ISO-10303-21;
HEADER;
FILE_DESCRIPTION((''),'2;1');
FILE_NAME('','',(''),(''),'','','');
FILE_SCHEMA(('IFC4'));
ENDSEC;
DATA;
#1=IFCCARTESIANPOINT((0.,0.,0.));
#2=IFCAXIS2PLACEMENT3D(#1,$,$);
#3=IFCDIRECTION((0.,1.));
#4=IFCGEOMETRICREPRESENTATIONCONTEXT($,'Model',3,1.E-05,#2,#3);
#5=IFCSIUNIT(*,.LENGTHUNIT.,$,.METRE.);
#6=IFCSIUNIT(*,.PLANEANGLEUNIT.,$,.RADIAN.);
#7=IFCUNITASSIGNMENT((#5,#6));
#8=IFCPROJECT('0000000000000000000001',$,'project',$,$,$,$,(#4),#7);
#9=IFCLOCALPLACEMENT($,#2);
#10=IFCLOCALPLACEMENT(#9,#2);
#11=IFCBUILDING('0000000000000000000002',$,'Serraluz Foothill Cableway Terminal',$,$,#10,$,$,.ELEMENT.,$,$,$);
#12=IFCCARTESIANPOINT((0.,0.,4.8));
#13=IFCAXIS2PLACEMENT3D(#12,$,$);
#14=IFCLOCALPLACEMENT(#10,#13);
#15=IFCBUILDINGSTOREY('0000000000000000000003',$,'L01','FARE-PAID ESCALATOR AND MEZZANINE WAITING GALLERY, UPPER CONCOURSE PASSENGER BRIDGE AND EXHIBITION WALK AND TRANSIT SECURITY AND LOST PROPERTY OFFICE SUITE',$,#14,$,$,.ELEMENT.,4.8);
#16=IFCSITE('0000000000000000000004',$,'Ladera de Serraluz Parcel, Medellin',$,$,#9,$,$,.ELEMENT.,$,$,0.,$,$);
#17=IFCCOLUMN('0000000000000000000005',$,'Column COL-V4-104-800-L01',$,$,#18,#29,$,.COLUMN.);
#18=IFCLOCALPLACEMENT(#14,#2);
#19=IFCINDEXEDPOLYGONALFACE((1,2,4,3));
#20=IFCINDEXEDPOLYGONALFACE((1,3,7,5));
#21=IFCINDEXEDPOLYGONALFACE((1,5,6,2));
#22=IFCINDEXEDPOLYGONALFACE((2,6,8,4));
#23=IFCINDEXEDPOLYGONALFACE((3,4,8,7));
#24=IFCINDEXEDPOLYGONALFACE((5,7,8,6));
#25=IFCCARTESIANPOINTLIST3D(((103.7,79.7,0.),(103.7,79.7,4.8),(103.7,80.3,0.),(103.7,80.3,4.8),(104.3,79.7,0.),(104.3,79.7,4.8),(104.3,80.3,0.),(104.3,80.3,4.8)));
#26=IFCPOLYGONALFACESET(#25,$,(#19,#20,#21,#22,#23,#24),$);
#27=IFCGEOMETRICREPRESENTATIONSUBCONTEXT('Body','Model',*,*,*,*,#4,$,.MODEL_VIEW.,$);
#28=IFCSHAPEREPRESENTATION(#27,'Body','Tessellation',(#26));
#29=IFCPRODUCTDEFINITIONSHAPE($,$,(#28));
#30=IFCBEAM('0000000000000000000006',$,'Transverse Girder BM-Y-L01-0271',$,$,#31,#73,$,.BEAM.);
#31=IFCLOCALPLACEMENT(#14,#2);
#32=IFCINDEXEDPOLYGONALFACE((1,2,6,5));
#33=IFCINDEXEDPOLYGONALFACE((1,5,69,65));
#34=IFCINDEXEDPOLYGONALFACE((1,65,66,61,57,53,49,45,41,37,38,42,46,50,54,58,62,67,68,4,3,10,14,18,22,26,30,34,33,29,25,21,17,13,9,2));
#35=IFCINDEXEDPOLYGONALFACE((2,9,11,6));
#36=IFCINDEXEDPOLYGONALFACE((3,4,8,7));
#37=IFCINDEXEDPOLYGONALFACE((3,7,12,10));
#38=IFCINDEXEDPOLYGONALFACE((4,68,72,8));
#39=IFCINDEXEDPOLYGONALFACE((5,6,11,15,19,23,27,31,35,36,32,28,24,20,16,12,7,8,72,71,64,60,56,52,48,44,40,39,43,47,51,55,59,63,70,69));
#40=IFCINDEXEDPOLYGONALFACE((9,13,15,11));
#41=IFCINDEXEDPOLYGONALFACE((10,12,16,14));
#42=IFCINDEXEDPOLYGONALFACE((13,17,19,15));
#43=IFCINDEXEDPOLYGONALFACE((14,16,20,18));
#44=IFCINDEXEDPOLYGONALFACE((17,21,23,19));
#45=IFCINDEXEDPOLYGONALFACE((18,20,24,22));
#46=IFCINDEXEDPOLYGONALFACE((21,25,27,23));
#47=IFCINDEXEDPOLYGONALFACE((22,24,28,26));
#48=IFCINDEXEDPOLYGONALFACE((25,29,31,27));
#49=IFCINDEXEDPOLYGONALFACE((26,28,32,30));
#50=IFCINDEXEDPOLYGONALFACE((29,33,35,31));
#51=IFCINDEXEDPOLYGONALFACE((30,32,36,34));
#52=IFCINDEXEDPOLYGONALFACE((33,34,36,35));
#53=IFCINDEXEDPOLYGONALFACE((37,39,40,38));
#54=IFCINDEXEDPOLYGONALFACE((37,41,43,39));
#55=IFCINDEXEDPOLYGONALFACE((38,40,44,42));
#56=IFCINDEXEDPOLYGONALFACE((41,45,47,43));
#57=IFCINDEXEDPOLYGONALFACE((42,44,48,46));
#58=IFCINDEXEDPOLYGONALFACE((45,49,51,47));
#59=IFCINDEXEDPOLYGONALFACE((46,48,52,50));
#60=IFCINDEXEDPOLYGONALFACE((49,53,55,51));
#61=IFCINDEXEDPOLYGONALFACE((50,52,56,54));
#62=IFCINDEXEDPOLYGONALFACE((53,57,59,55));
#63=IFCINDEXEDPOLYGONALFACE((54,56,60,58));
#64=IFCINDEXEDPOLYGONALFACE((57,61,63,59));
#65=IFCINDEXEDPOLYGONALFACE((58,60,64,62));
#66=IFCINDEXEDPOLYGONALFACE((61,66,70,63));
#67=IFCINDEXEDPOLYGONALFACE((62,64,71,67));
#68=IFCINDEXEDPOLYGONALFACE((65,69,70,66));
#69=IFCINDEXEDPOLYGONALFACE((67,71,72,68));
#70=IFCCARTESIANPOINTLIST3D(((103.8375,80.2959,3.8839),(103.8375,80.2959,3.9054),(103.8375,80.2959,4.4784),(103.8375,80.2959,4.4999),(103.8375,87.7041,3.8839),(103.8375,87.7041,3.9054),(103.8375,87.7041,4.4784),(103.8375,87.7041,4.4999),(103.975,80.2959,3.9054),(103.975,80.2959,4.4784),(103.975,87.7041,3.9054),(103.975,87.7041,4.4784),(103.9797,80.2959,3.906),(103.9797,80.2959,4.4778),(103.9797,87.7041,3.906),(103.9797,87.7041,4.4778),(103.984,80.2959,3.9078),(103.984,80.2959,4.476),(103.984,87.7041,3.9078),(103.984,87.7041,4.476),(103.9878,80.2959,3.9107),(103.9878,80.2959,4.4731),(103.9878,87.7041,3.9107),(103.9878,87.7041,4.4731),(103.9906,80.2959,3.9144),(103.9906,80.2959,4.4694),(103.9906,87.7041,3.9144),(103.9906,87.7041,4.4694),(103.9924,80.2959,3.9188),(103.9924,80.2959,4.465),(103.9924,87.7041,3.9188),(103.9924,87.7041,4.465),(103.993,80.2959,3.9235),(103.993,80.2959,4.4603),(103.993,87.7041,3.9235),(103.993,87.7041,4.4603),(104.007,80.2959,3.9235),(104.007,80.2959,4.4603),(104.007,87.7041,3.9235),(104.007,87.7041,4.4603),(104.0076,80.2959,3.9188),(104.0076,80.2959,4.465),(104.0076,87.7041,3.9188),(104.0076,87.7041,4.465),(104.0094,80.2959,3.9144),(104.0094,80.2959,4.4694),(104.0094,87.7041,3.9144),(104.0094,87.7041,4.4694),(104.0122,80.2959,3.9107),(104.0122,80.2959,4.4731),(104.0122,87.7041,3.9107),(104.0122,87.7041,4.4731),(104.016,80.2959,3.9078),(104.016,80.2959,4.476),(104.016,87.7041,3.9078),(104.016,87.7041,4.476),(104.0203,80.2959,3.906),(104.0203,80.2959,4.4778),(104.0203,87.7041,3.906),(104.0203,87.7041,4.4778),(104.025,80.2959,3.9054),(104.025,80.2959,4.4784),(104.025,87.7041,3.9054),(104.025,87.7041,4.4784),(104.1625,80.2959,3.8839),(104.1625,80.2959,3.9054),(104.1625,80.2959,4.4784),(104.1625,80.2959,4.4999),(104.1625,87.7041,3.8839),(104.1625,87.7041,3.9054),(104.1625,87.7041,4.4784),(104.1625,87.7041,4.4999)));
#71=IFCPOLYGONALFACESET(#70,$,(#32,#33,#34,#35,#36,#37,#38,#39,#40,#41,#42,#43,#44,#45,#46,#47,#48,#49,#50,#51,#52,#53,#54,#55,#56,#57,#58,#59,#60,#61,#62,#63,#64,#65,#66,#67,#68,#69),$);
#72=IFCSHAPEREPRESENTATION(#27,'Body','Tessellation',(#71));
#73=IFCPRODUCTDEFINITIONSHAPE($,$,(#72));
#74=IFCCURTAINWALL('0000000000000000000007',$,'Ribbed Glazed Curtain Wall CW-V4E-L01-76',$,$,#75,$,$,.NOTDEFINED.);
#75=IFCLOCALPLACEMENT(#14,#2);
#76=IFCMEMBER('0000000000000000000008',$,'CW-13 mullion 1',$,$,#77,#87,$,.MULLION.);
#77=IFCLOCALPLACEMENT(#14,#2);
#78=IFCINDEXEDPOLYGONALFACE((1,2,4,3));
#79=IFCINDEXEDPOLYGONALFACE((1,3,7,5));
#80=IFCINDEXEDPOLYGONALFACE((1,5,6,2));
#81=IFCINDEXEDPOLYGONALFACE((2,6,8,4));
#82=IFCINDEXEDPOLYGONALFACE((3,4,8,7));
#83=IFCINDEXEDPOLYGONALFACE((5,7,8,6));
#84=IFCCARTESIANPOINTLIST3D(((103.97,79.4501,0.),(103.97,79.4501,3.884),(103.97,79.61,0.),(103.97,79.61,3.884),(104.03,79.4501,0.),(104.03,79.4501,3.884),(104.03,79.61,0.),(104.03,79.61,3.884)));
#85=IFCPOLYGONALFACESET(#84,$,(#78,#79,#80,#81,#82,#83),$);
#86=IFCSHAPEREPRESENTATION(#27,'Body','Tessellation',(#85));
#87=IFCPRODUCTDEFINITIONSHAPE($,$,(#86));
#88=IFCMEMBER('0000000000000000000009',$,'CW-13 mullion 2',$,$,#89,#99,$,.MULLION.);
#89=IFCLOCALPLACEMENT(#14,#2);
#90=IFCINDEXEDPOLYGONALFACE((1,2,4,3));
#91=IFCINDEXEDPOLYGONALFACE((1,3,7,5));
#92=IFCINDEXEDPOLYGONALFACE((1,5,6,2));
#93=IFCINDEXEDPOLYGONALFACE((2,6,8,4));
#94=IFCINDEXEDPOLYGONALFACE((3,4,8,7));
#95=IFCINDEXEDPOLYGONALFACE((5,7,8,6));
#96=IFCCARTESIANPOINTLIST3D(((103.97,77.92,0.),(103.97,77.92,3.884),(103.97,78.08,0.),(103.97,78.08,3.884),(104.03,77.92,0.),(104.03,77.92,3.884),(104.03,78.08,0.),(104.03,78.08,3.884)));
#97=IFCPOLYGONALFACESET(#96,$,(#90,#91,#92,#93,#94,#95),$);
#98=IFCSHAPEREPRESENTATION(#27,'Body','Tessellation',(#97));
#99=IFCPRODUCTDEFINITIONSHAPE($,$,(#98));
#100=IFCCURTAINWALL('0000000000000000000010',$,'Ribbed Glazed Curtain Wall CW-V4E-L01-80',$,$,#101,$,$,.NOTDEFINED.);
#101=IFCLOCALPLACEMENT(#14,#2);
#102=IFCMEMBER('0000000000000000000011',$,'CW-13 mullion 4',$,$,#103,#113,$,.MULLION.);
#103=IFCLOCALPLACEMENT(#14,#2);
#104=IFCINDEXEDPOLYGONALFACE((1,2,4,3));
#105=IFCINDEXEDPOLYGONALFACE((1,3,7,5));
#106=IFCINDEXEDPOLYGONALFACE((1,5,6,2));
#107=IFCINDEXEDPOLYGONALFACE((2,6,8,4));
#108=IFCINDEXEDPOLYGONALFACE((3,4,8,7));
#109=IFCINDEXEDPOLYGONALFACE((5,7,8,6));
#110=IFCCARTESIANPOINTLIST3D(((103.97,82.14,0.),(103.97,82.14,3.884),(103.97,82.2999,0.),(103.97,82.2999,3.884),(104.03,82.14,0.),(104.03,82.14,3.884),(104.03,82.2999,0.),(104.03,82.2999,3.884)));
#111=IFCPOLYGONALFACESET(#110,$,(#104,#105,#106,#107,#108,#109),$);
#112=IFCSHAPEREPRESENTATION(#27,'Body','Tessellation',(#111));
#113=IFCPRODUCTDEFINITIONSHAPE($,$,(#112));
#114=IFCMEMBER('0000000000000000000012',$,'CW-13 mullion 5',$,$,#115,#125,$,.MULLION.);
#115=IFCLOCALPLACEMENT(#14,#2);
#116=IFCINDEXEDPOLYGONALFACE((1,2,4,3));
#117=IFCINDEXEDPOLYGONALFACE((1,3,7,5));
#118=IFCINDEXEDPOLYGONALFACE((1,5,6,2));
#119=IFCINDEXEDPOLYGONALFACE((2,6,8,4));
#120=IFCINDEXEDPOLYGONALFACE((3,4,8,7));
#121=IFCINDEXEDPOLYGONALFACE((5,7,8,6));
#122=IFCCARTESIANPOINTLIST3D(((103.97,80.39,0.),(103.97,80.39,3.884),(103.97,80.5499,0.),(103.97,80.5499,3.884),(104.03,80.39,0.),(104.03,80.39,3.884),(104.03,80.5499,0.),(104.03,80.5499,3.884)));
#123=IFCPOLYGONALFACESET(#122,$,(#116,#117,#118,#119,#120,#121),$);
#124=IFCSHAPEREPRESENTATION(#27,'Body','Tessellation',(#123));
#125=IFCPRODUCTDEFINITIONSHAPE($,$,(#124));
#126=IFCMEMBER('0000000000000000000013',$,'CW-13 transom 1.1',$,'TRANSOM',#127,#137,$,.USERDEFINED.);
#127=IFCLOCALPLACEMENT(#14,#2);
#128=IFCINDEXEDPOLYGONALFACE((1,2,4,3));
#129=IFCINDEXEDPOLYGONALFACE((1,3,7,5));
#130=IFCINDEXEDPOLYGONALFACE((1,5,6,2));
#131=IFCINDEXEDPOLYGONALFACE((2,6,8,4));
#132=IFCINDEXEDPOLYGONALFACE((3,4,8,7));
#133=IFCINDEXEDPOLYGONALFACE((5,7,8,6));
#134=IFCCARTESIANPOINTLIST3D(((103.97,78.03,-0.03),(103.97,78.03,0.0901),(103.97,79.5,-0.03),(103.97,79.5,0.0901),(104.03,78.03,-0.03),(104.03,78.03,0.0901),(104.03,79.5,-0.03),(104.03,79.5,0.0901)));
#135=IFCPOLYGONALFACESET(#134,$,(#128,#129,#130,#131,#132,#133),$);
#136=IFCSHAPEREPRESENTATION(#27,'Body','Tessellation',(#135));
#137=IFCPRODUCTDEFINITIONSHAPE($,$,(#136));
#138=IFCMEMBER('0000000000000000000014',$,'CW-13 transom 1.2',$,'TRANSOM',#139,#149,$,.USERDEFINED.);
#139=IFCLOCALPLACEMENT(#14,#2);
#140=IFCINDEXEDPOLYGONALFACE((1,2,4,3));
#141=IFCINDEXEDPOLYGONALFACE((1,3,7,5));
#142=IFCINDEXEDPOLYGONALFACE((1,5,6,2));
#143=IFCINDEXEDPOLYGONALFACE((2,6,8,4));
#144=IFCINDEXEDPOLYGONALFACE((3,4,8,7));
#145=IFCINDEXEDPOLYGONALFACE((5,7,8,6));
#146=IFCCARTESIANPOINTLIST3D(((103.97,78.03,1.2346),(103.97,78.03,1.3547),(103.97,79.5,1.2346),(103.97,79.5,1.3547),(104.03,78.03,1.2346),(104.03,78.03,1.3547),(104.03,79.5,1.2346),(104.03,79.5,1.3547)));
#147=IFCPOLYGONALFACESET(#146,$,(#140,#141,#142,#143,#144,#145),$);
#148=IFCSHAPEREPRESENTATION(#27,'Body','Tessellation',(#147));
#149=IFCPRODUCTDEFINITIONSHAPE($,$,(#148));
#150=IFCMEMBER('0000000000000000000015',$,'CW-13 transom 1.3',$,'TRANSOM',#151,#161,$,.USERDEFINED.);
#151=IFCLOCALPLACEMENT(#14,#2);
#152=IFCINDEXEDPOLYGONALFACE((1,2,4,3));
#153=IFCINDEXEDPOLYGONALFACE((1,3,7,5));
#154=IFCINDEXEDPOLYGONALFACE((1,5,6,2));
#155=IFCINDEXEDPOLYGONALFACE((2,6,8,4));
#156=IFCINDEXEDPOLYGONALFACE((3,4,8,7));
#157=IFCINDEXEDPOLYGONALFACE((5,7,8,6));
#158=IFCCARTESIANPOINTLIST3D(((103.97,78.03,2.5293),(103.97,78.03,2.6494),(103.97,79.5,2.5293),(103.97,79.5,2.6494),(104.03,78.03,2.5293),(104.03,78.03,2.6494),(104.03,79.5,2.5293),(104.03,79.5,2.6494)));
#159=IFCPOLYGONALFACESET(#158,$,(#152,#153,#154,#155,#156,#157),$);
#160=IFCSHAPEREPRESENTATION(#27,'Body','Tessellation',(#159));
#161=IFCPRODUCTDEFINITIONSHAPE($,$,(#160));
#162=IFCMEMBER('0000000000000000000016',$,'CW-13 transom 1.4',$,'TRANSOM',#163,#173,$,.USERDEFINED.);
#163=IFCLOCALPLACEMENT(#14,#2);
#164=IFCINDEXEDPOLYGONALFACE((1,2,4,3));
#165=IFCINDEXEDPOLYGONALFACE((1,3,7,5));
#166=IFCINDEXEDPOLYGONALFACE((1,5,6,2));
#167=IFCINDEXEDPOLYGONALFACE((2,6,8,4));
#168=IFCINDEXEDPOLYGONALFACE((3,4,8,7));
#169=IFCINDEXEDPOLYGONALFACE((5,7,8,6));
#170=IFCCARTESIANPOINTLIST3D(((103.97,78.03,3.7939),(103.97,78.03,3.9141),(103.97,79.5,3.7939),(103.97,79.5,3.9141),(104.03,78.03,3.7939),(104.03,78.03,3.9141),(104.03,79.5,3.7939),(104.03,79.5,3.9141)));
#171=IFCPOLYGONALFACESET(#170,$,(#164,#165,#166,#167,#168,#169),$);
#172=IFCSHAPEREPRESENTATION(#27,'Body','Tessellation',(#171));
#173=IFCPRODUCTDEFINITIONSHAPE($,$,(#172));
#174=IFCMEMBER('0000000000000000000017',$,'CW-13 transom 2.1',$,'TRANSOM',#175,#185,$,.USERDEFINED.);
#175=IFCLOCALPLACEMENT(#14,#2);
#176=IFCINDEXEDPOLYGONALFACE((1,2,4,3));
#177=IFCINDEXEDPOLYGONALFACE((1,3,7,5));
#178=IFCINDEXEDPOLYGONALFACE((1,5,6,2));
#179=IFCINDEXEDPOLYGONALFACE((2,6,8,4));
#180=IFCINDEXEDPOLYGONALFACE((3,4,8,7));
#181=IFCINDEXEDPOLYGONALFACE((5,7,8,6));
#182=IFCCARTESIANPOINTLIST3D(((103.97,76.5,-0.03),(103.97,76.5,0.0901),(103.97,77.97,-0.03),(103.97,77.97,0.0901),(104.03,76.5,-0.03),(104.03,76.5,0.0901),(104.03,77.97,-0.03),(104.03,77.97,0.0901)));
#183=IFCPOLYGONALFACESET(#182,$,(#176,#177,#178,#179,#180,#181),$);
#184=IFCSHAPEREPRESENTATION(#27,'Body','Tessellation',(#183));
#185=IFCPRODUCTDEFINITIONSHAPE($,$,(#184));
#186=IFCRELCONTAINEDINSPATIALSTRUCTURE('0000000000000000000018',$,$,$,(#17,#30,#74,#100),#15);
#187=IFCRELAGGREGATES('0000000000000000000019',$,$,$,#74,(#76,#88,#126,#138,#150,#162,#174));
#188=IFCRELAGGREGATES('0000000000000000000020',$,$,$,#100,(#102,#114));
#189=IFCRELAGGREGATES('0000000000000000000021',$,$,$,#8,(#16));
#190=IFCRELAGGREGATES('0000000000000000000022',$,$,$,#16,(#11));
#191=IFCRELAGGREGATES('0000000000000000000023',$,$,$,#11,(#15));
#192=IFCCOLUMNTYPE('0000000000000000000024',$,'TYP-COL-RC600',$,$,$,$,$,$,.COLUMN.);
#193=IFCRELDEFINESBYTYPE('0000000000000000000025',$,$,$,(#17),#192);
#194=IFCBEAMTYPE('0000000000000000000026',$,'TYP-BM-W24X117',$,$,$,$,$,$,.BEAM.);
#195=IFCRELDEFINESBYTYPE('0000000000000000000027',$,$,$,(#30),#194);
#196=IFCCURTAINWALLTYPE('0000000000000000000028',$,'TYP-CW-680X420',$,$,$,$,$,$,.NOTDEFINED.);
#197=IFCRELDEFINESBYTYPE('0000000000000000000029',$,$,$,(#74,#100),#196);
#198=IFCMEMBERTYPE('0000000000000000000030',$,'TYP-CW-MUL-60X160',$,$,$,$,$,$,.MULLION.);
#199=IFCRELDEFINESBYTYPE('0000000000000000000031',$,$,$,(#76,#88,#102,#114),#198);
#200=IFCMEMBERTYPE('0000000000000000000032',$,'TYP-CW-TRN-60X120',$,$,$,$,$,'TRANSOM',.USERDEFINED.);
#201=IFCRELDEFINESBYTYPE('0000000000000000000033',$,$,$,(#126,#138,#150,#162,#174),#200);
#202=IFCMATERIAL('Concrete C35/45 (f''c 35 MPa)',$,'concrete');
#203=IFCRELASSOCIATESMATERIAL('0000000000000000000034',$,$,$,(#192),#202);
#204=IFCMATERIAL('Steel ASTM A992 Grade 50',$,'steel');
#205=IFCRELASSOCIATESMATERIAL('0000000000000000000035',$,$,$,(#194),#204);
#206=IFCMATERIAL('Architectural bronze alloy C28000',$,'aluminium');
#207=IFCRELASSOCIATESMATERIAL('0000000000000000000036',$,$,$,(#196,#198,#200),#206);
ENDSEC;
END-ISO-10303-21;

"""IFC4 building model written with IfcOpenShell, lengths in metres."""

from ifc_helpers import new_model, si_unit, direction, frame, origin, origin_2d, place, context, subcontext, project, spatial, rectangle, i_section, extrude, material, material_profile, profile_set, type_object, element, aggregate, save


model = new_model("IFC4")

# Units and contexts
model_context = context("Model", 3, precision=1e-05, world=origin(), true_north=direction((0.0, 1.0)))
body_context = subcontext(model_context, "Body", "Model", "MODEL_VIEW")
ifc_project = project(units=[si_unit("LENGTHUNIT", "METRE"), si_unit("PLANEANGLEUNIT", "RADIAN")], contexts=[model_context])

# Site, building, storey
site_placement = place(None, origin())
site = spatial("IfcSite", under=ifc_project, at=site_placement, Name="Ladera de Serraluz Parcel, Medellin", CompositionType="ELEMENT", RefElevation=0.0)
building_placement = place(site_placement, origin())
building = spatial("IfcBuilding", under=site, at=building_placement, Name="Serraluz Foothill Cableway Terminal", CompositionType="ELEMENT")
storey_placement = place(building_placement, frame((0.0, 0.0, 4.8)))
storey = spatial("IfcBuildingStorey", under=building, at=storey_placement, Name="L01", Description="FARE-PAID ESCALATOR AND MEZZANINE WAITING GALLERY, UPPER CONCOURSE PASSENGER BRIDGE AND EXHIBITION WALK AND TRANSIT SECURITY AND LOST PROPERTY OFFICE SUITE", CompositionType="ELEMENT", Elevation=4.8)

# Column
ifc_material_1 = material(Name="Concrete C35/45 (f'c 35 MPa)", Category="concrete")
ifc_material_profile_1 = material_profile(ifc_material_1, rectangle(XDim=0.6001, YDim=0.6001, at=origin_2d()), Name="RC 600x600")
ifc_profile_set_1 = profile_set([ifc_material_profile_1], Name="Concrete C35/45 (f'c 35 MPa)")
column_type = type_object("IfcColumnType", Name="TYP-COL-RC600", PredefinedType="COLUMN", material=ifc_profile_set_1)
column_placement = place(storey_placement, frame((104.0, 80.0, 0.0), z_axis=(0.0, 0.0, 1.0), x_axis=(1.0, 0.0, 0.0)))
element("IfcColumn", 1, at=column_placement, inside=storey, type_object=column_type, Name="Column COL-V4-104-800-L01", PredefinedType="COLUMN", context=body_context, shape_type="SweptSolid", body=[
    extrude(rectangle(XDim=0.6001, YDim=0.6001, at=origin_2d()), origin(), (0.0, 0.0, 1.0), 4.8),
])

# Beam
ifc_material_2 = material(Name="Steel ASTM A992 Grade 50", Category="steel")
ifc_material_profile_2 = material_profile(ifc_material_2, i_section(OverallWidth=0.325, OverallDepth=0.616, WebThickness=0.0139, FlangeThickness=0.0215, FilletRadius=0.0181, at=origin_2d()), Name="W24X117")
ifc_profile_set_2 = profile_set([ifc_material_profile_2], Name="Steel ASTM A992 Grade 50")
beam_type = type_object("IfcBeamType", Name="TYP-BM-W24X117", PredefinedType="BEAM", material=ifc_profile_set_2)
beam_placement = place(storey_placement, frame((104.0, 80.2959, 4.1919), z_axis=(0.0, 1.0, 0.0), x_axis=(-1.0, 0.0, 0.0)))
element("IfcBeam", 2, at=beam_placement, inside=storey, type_object=beam_type, Name="Transverse Girder BM-Y-L01-0271", PredefinedType="BEAM", context=body_context, shape_type="SweptSolid", body=[
    extrude(i_section(OverallWidth=0.325, OverallDepth=0.616, WebThickness=0.0139, FlangeThickness=0.0215, FilletRadius=0.0181, at=origin_2d()), origin(), (0.0, 0.0, 1.0), 7.4082),
])

# Curtain walls, members
ifc_material_3 = material(Name="Architectural bronze alloy C28000", Category="aluminium")
curtain_wall_type = type_object("IfcCurtainWallType", Name="TYP-CW-680X420", PredefinedType="NOTDEFINED", material=ifc_material_3)
curtain_wall_1_placement = place(storey_placement, origin())
curtain_wall_1 = element("IfcCurtainWall", 3, at=curtain_wall_1_placement, inside=storey, type_object=curtain_wall_type, Name="Ribbed Glazed Curtain Wall CW-V4E-L01-76", PredefinedType="NOTDEFINED")
ifc_material_profile_3 = material_profile(ifc_material_3, rectangle(XDim=0.0601, YDim=0.1599, at=origin_2d()), Name="ALU MULLION 60x160")
ifc_profile_set_3 = profile_set([ifc_material_profile_3], Name="Architectural bronze alloy C28000")
member_type_1 = type_object("IfcMemberType", Name="TYP-CW-MUL-60X160", PredefinedType="MULLION", material=ifc_profile_set_3)
member_1_placement = place(storey_placement, frame((104.0, 79.53, 0.0), z_axis=(0.0, 0.0, 1.0), x_axis=(1.0, 0.0, 0.0)))
member_1 = element("IfcMember", 4, at=member_1_placement, type_object=member_type_1, Name="CW-13 mullion 1", PredefinedType="MULLION", context=body_context, shape_type="SweptSolid", body=[
    extrude(rectangle(XDim=0.0601, YDim=0.1599, at=origin_2d()), origin(), (0.0, 0.0, 1.0), 3.884),
])
member_2_placement = place(storey_placement, frame((104.0, 78.0, 0.0), z_axis=(0.0, 0.0, 1.0), x_axis=(1.0, 0.0, 0.0)))
member_2 = element("IfcMember", 5, at=member_2_placement, type_object=member_type_1, Name="CW-13 mullion 2", PredefinedType="MULLION", context=body_context, shape_type="SweptSolid", body=[
    extrude(rectangle(XDim=0.0601, YDim=0.1599, at=origin_2d()), origin(), (0.0, 0.0, 1.0), 3.884),
])
curtain_wall_2_placement = place(storey_placement, origin())
curtain_wall_2 = element("IfcCurtainWall", 6, at=curtain_wall_2_placement, inside=storey, type_object=curtain_wall_type, Name="Ribbed Glazed Curtain Wall CW-V4E-L01-80", PredefinedType="NOTDEFINED")
member_3_placement = place(storey_placement, frame((104.0, 82.22, 0.0), z_axis=(0.0, 0.0, 1.0), x_axis=(1.0, 0.0, 0.0)))
member_3 = element("IfcMember", 7, at=member_3_placement, type_object=member_type_1, Name="CW-13 mullion 4", PredefinedType="MULLION", context=body_context, shape_type="SweptSolid", body=[
    extrude(rectangle(XDim=0.0601, YDim=0.1599, at=origin_2d()), origin(), (0.0, 0.0, 1.0), 3.884),
])
member_4_placement = place(storey_placement, frame((104.0, 80.47, 0.0), z_axis=(0.0, 0.0, 1.0), x_axis=(1.0, 0.0, 0.0)))
member_4 = element("IfcMember", 8, at=member_4_placement, type_object=member_type_1, Name="CW-13 mullion 5", PredefinedType="MULLION", context=body_context, shape_type="SweptSolid", body=[
    extrude(rectangle(XDim=0.0601, YDim=0.1599, at=origin_2d()), origin(), (0.0, 0.0, 1.0), 3.884),
])

# Members
ifc_material_profile_4 = material_profile(ifc_material_3, rectangle(XDim=0.0601, YDim=0.1201, at=origin_2d()), Name="ALU TRANSOM 60x120")
ifc_profile_set_4 = profile_set([ifc_material_profile_4], Name="Architectural bronze alloy C28000")
member_type_2 = type_object("IfcMemberType", Name="TYP-CW-TRN-60X120", ElementType="TRANSOM", PredefinedType="USERDEFINED", material=ifc_profile_set_4)
member_5_placement = place(storey_placement, frame((104.0, 79.5, 0.03), z_axis=(0.0, -1.0, 0.0), x_axis=(1.0, 0.0, 0.0)))
member_5 = element("IfcMember", 9, at=member_5_placement, type_object=member_type_2, Name="CW-13 transom 1.1", ObjectType="TRANSOM", PredefinedType="USERDEFINED", context=body_context, shape_type="SweptSolid", body=[
    extrude(rectangle(XDim=0.0601, YDim=0.1201, at=origin_2d()), origin(), (0.0, 0.0, 1.0), 1.47),
])
member_6_placement = place(storey_placement, frame((104.0, 79.5, 1.2947), z_axis=(0.0, -1.0, 0.0), x_axis=(1.0, 0.0, 0.0)))
member_6 = element("IfcMember", 10, at=member_6_placement, type_object=member_type_2, Name="CW-13 transom 1.2", ObjectType="TRANSOM", PredefinedType="USERDEFINED", context=body_context, shape_type="SweptSolid", body=[
    extrude(rectangle(XDim=0.0601, YDim=0.1201, at=origin_2d()), origin(), (0.0, 0.0, 1.0), 1.47),
])
member_7_placement = place(storey_placement, frame((104.0, 79.5, 2.5894), z_axis=(0.0, -1.0, 0.0), x_axis=(1.0, 0.0, 0.0)))
member_7 = element("IfcMember", 11, at=member_7_placement, type_object=member_type_2, Name="CW-13 transom 1.3", ObjectType="TRANSOM", PredefinedType="USERDEFINED", context=body_context, shape_type="SweptSolid", body=[
    extrude(rectangle(XDim=0.0601, YDim=0.1201, at=origin_2d()), origin(), (0.0, 0.0, 1.0), 1.47),
])
member_8_placement = place(storey_placement, frame((104.0, 79.5, 3.854), z_axis=(0.0, -1.0, 0.0), x_axis=(1.0, 0.0, 0.0)))
member_8 = element("IfcMember", 12, at=member_8_placement, type_object=member_type_2, Name="CW-13 transom 1.4", ObjectType="TRANSOM", PredefinedType="USERDEFINED", context=body_context, shape_type="SweptSolid", body=[
    extrude(rectangle(XDim=0.0601, YDim=0.1201, at=origin_2d()), origin(), (0.0, 0.0, 1.0), 1.47),
])
member_9_placement = place(storey_placement, frame((104.0, 77.97, 0.03), z_axis=(0.0, -1.0, 0.0), x_axis=(1.0, 0.0, 0.0)))
member_9 = element("IfcMember", 13, at=member_9_placement, type_object=member_type_2, Name="CW-13 transom 2.1", ObjectType="TRANSOM", PredefinedType="USERDEFINED", context=body_context, shape_type="SweptSolid", body=[
    extrude(rectangle(XDim=0.0601, YDim=0.1201, at=origin_2d()), origin(), (0.0, 0.0, 1.0), 1.47),
])

aggregate(curtain_wall_1, [member_1, member_2, member_5, member_6, member_7, member_8, member_9])
aggregate(curtain_wall_2, [member_3, member_4])

save(model, "model.ifc")
